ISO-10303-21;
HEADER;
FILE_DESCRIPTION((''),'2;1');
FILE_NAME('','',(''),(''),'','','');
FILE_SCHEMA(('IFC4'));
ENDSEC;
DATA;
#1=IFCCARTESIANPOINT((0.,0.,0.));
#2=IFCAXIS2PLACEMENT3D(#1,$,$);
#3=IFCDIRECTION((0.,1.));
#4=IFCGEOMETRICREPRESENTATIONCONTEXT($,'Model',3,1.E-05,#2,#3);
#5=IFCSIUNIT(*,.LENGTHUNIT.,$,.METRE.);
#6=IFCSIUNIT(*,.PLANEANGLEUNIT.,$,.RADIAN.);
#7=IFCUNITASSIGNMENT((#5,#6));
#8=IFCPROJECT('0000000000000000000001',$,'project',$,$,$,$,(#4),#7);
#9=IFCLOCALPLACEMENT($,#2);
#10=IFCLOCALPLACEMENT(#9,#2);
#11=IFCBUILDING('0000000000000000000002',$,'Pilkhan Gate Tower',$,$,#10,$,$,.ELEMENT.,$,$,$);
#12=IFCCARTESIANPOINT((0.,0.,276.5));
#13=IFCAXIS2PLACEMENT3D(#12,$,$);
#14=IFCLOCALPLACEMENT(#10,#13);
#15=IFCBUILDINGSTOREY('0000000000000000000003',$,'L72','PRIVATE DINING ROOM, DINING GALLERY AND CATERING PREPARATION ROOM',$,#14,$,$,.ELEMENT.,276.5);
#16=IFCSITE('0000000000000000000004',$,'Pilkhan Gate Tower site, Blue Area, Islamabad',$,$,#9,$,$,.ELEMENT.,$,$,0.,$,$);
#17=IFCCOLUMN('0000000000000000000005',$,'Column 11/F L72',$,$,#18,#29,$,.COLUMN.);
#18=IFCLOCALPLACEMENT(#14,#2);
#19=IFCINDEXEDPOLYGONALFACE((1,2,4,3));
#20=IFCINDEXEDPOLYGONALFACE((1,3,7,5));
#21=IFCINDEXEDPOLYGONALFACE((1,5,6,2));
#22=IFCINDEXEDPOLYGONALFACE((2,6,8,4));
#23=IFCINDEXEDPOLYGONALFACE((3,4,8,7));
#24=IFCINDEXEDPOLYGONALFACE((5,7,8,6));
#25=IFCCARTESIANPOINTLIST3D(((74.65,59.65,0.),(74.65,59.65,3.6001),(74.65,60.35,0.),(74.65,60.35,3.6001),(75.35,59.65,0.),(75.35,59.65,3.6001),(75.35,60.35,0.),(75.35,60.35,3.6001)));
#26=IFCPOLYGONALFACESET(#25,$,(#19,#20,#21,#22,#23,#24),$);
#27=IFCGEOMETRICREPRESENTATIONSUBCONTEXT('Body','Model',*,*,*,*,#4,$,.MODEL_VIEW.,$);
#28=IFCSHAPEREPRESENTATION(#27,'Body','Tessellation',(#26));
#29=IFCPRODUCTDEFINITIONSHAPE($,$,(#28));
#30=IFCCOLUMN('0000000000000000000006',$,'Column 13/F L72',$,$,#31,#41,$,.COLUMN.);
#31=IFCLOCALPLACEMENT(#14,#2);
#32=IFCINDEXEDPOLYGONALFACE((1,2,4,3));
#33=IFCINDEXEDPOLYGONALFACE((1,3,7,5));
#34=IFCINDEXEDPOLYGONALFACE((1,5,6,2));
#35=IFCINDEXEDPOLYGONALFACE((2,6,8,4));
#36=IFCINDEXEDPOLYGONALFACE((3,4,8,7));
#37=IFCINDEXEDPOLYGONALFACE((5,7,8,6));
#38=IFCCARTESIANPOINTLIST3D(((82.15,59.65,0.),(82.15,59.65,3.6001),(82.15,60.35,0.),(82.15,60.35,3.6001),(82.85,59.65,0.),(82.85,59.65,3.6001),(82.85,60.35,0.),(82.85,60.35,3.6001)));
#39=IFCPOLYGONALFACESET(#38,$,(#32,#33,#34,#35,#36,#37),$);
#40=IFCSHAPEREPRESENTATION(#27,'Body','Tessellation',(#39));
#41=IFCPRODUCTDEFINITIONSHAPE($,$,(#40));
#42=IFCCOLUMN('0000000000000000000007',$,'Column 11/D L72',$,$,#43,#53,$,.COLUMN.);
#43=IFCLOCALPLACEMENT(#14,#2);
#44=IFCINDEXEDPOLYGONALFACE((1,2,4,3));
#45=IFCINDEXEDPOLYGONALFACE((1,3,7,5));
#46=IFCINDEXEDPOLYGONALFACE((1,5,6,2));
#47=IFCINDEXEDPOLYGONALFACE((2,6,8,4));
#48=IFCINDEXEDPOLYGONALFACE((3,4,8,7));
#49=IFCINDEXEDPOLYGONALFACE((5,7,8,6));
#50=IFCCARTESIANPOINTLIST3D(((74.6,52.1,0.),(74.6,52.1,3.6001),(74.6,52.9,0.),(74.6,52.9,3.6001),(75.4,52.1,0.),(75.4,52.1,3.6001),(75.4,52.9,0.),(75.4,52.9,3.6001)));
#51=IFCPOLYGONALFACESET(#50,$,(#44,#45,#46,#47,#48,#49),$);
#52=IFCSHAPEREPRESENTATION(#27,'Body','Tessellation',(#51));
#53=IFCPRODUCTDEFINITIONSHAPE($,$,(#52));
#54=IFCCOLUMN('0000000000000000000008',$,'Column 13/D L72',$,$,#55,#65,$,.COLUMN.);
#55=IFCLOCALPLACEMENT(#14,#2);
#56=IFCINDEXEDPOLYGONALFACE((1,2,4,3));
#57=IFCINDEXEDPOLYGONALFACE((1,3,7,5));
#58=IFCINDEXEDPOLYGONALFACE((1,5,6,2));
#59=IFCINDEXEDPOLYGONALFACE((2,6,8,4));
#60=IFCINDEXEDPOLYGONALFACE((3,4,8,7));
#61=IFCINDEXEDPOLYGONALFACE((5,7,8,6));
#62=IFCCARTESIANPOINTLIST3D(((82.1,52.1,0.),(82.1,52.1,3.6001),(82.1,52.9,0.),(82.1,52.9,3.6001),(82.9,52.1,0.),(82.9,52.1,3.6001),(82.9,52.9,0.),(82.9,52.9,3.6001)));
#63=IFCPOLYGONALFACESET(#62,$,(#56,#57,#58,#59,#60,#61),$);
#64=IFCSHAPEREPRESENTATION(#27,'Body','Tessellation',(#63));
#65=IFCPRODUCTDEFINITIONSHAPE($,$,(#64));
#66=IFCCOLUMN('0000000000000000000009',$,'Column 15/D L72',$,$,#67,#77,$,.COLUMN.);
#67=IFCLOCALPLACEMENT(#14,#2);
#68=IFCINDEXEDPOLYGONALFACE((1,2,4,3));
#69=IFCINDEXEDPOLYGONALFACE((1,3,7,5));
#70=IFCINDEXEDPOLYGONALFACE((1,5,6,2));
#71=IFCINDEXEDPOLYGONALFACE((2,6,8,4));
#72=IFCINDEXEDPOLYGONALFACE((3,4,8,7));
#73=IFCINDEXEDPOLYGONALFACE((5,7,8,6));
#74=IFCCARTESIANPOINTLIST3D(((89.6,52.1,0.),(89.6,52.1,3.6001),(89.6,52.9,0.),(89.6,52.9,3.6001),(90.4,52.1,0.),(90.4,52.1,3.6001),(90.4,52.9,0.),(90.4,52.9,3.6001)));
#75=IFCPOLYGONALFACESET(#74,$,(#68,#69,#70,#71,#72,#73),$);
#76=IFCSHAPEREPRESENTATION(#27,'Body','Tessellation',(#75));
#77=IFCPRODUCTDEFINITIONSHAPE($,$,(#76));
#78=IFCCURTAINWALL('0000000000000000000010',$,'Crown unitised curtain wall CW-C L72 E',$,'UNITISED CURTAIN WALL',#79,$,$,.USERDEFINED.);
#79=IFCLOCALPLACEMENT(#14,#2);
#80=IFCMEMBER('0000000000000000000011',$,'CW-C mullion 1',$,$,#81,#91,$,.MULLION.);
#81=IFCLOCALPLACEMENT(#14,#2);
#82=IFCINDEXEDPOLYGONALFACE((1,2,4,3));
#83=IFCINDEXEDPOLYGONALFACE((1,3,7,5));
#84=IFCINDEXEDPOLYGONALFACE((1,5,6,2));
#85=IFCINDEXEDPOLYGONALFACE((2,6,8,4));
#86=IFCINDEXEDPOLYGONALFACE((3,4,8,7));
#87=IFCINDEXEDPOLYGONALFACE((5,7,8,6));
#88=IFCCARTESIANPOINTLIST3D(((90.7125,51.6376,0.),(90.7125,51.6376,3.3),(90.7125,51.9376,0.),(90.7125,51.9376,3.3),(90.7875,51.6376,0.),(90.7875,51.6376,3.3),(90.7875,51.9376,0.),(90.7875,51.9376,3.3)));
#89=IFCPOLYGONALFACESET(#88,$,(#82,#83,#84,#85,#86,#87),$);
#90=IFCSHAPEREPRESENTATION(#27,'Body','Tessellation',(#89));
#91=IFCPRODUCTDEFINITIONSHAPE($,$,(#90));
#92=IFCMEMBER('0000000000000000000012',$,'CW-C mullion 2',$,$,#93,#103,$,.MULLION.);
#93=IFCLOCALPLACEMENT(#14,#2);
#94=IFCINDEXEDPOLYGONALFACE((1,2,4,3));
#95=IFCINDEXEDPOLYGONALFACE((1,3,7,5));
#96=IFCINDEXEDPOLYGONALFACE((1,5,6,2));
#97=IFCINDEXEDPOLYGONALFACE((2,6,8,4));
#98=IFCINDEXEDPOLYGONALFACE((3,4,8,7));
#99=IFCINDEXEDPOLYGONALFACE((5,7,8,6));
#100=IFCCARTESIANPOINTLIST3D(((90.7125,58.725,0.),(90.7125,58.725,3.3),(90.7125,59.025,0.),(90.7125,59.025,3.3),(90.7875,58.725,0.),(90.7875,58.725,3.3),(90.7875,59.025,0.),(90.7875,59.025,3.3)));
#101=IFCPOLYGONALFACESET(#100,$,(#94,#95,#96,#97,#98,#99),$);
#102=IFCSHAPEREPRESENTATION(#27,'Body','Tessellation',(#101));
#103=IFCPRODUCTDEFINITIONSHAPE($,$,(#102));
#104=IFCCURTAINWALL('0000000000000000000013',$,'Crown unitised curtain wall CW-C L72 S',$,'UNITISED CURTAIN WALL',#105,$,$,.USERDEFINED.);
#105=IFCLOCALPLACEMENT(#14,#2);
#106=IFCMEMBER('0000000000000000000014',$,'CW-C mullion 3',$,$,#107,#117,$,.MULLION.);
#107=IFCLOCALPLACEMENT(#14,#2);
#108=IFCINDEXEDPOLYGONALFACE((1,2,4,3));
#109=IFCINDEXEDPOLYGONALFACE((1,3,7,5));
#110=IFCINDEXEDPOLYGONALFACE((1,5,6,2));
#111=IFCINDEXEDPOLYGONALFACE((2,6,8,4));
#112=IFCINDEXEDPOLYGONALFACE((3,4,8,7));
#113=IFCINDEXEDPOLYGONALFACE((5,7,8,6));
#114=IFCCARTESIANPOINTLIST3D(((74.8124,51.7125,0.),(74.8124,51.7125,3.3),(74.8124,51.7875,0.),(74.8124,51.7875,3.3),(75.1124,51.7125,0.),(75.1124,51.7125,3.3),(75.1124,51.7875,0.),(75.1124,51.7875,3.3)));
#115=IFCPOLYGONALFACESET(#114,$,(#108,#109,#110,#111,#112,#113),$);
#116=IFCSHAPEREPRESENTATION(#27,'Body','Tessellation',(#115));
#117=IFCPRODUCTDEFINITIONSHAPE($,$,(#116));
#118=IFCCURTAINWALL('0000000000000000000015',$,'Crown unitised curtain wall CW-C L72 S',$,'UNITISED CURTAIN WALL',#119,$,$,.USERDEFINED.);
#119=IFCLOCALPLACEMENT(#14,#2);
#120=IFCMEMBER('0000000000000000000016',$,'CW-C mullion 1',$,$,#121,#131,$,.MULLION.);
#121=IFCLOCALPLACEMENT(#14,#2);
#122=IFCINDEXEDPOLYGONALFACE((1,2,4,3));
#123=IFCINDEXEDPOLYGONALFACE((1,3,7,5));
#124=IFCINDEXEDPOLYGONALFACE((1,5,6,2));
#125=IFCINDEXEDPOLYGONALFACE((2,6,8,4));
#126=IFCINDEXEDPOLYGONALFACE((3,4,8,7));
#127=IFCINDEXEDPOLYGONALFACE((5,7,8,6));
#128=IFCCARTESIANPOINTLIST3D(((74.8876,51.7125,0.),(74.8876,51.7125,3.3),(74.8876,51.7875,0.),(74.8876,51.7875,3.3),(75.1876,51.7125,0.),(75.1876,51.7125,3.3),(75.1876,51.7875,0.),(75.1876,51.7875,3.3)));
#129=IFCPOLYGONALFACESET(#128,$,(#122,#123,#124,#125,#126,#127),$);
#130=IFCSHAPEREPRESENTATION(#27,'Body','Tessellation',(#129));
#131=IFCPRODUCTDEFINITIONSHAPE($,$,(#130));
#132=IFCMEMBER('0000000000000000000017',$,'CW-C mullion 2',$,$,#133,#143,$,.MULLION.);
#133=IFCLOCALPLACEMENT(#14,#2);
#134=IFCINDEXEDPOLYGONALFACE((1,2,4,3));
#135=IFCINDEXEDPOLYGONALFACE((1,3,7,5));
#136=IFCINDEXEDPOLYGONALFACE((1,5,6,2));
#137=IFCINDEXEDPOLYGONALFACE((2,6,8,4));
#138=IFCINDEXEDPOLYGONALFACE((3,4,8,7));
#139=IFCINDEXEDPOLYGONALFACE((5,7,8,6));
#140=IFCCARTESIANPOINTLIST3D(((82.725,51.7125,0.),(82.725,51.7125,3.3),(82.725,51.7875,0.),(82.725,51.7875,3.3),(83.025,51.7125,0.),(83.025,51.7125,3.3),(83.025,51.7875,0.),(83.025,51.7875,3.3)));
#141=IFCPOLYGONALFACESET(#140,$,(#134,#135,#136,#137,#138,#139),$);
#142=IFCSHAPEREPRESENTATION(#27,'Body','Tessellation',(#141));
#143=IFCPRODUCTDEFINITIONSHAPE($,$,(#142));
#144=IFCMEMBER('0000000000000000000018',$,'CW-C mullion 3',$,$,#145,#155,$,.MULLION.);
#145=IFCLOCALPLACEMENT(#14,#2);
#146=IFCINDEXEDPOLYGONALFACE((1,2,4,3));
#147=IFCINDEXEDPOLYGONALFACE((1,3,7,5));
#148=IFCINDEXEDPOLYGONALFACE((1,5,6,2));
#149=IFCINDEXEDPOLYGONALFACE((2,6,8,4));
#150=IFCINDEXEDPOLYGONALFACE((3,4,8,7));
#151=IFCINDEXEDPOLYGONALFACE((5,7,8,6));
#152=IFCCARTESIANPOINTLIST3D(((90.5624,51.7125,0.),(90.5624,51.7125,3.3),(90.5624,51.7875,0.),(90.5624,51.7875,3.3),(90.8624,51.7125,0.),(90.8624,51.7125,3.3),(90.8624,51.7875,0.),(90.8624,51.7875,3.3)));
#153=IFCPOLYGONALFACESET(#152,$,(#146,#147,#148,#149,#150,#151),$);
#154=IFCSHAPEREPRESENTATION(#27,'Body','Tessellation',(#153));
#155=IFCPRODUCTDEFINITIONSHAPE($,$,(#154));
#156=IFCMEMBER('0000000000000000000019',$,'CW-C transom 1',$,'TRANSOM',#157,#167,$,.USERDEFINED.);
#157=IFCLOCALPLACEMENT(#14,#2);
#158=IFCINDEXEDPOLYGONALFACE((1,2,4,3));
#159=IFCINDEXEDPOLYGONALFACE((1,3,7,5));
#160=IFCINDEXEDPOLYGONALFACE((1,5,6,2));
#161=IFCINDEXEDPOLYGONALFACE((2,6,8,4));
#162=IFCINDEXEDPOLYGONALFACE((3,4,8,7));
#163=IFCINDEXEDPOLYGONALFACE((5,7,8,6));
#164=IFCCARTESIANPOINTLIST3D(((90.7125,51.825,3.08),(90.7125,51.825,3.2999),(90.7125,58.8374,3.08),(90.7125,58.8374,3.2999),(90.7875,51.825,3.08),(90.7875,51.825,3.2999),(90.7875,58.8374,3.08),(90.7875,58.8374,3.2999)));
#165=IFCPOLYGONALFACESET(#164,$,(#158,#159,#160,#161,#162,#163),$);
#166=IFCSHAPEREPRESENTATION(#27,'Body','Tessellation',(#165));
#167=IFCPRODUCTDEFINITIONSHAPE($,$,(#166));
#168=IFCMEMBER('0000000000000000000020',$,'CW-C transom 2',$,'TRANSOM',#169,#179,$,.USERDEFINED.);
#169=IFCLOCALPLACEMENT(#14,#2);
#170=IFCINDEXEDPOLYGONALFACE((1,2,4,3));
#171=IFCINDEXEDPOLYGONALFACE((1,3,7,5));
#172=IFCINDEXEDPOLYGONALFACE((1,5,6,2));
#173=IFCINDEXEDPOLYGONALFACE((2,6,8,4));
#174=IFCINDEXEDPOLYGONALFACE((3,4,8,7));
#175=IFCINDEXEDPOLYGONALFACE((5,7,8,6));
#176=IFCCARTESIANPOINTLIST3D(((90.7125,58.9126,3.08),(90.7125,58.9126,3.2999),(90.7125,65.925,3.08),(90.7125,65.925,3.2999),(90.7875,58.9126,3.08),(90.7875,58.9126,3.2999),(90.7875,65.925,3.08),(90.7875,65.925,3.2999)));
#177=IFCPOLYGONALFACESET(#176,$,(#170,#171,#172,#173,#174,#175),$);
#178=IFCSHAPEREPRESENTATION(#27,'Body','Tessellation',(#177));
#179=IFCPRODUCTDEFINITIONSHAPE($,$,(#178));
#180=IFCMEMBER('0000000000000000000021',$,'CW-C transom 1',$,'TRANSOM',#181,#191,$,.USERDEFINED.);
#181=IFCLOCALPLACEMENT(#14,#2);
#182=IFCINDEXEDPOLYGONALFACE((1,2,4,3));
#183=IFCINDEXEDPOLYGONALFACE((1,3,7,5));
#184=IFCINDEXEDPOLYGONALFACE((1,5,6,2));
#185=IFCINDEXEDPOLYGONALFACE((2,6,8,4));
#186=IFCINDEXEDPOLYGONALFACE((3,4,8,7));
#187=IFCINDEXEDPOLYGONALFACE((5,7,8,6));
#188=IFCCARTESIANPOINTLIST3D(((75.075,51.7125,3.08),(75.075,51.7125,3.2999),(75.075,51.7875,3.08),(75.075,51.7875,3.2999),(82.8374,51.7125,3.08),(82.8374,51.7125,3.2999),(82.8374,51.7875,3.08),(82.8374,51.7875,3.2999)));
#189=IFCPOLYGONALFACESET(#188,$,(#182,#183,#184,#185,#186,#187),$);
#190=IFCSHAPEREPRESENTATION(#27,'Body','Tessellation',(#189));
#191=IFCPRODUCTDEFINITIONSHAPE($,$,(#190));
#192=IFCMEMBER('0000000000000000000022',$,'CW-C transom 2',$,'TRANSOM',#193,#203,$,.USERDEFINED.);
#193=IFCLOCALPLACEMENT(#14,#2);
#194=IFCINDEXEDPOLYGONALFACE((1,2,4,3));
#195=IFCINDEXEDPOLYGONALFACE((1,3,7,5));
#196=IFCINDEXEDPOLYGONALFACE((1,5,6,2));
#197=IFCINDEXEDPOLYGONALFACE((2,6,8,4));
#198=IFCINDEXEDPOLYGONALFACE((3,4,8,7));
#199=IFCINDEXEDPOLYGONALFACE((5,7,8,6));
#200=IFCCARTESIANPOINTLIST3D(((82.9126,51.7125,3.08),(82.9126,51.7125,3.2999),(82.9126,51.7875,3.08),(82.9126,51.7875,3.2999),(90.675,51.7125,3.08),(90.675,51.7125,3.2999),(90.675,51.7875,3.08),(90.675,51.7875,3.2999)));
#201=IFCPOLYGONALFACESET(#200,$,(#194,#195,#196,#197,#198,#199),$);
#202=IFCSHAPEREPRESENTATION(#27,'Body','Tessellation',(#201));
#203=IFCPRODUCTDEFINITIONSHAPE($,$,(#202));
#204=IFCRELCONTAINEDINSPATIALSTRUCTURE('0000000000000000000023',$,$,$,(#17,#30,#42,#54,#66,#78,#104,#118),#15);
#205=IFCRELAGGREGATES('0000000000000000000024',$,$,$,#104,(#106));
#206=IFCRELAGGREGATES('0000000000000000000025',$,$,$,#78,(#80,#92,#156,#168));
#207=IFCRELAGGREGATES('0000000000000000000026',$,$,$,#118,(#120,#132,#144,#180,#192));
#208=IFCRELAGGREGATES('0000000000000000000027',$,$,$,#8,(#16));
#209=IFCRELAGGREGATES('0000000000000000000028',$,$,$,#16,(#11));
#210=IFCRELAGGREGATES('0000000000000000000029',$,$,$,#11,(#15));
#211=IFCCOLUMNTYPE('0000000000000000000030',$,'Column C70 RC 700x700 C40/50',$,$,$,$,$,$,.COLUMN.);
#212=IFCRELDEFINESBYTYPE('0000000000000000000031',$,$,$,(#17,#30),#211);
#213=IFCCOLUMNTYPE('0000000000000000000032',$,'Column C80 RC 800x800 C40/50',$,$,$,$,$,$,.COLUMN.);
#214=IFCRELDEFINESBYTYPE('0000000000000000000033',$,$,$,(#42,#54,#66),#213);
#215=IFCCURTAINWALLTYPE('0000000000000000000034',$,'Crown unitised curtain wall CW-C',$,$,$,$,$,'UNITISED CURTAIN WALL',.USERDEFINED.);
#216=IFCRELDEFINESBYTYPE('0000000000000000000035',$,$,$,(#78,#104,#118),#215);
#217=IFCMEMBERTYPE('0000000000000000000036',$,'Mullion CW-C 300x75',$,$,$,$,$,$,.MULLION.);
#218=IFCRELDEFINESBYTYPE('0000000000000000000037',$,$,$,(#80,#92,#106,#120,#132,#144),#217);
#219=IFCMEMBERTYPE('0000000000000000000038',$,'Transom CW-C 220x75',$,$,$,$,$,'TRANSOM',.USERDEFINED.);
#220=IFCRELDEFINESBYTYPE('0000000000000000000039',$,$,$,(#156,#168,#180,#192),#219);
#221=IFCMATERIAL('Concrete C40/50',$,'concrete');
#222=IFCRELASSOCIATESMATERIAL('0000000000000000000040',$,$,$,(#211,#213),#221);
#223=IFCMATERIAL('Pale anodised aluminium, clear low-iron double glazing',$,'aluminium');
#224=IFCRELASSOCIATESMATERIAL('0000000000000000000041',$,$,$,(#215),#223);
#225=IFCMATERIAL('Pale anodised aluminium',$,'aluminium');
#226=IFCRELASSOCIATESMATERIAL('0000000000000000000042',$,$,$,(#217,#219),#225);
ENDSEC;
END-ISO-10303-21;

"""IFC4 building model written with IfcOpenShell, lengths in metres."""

from ifc_helpers import new_model, si_unit, direction, frame, origin, origin_2d, place, context, subcontext, project, spatial, rectangle, extrude, material, material_profile, profile_set, type_object, element, aggregate, save


model = new_model("IFC4")

# Units and contexts
model_context = context("Model", 3, precision=1e-05, world=origin(), true_north=direction((0.0, 1.0)))
body_context = subcontext(model_context, "Body", "Model", "MODEL_VIEW")
ifc_project = project(units=[si_unit("LENGTHUNIT", "METRE"), si_unit("PLANEANGLEUNIT", "RADIAN")], contexts=[model_context])

# Site, building, storey
site_placement = place(None, origin())
site = spatial("IfcSite", under=ifc_project, at=site_placement, Name="Pilkhan Gate Tower site, Blue Area, Islamabad", CompositionType="ELEMENT", RefElevation=0.0)
building_placement = place(site_placement, origin())
building = spatial("IfcBuilding", under=site, at=building_placement, Name="Pilkhan Gate Tower", CompositionType="ELEMENT")
storey_placement = place(building_placement, frame((0.0, 0.0, 276.5)))
storey = spatial("IfcBuildingStorey", under=building, at=storey_placement, Name="L72", Description="PRIVATE DINING ROOM, DINING GALLERY AND CATERING PREPARATION ROOM", CompositionType="ELEMENT", Elevation=276.5)

# Columns
ifc_material_1 = material(Name="Concrete C40/50", Category="concrete")
ifc_material_profile_1 = material_profile(ifc_material_1, rectangle(XDim=0.7, YDim=0.7, at=origin_2d()), Name="RC 700x700")
ifc_profile_set_1 = profile_set([ifc_material_profile_1], Name="Concrete C40/50")
column_type_1 = type_object("IfcColumnType", Name="Column C70 RC 700x700 C40/50", PredefinedType="COLUMN", material=ifc_profile_set_1)
for number, where, z_axis, x_axis, name in (
    (1, (75.0, 60.0, 0.0), (0.0, 0.0, 1.0), (1.0, 0.0, 0.0), "Column 11/F L72"),
    (2, (82.5, 60.0, 0.0), (0.0, 0.0, 1.0), (1.0, 0.0, 0.0), "Column 13/F L72"),
):
    element("IfcColumn", number, at=place(storey_placement, frame(where, z_axis=z_axis, x_axis=x_axis)), inside=storey, type_object=column_type_1, Name=name, PredefinedType="COLUMN", context=body_context, shape_type="SweptSolid", body=[
        extrude(rectangle(XDim=0.7, YDim=0.7, at=origin_2d()), origin(), (0.0, 0.0, 1.0), 3.6001),
    ])
ifc_material_profile_2 = material_profile(ifc_material_1, rectangle(XDim=0.8, YDim=0.8, at=origin_2d()), Name="RC 800x800")
ifc_profile_set_2 = profile_set([ifc_material_profile_2], Name="Concrete C40/50")
column_type_2 = type_object("IfcColumnType", Name="Column C80 RC 800x800 C40/50", PredefinedType="COLUMN", material=ifc_profile_set_2)
for number, where, z_axis, x_axis, name in (
    (3, (75.0, 52.5, 0.0), (0.0, 0.0, 1.0), (1.0, 0.0, 0.0), "Column 11/D L72"),
    (4, (82.5, 52.5, 0.0), (0.0, 0.0, 1.0), (1.0, 0.0, 0.0), "Column 13/D L72"),
    (5, (90.0, 52.5, 0.0), (0.0, 0.0, 1.0), (1.0, 0.0, 0.0), "Column 15/D L72"),
):
    element("IfcColumn", number, at=place(storey_placement, frame(where, z_axis=z_axis, x_axis=x_axis)), inside=storey, type_object=column_type_2, Name=name, PredefinedType="COLUMN", context=body_context, shape_type="SweptSolid", body=[
        extrude(rectangle(XDim=0.8, YDim=0.8, at=origin_2d()), origin(), (0.0, 0.0, 1.0), 3.6001),
    ])

# Curtain wall, members
ifc_material_2 = material(Name="Pale anodised aluminium, clear low-iron double glazing", Category="aluminium")
curtain_wall_type = type_object("IfcCurtainWallType", Name="Crown unitised curtain wall CW-C", ElementType="UNITISED CURTAIN WALL", PredefinedType="USERDEFINED", material=ifc_material_2)
curtain_wall_1_placement = place(storey_placement, origin())
curtain_wall_1 = element("IfcCurtainWall", 6, at=curtain_wall_1_placement, inside=storey, type_object=curtain_wall_type, Name="Crown unitised curtain wall CW-C L72 E", ObjectType="UNITISED CURTAIN WALL", PredefinedType="USERDEFINED")
ifc_material_3 = material(Name="Pale anodised aluminium", Category="aluminium")
ifc_material_profile_3 = material_profile(ifc_material_3, rectangle(XDim=0.075, YDim=0.3, at=origin_2d()), Name="Mullion 300x75")
ifc_profile_set_3 = profile_set([ifc_material_profile_3], Name="Pale anodised aluminium")
member_type_1 = type_object("IfcMemberType", Name="Mullion CW-C 300x75", PredefinedType="MULLION", material=ifc_profile_set_3)
member_1_placement = place(storey_placement, frame((90.75, 51.7876, 0.0), z_axis=(0.0, 0.0, 1.0), x_axis=(-1.0, 0.0, 0.0)))
member_1 = element("IfcMember", 7, at=member_1_placement, type_object=member_type_1, Name="CW-C mullion 1", PredefinedType="MULLION", context=body_context, shape_type="SweptSolid", body=[
    extrude(rectangle(XDim=0.075, YDim=0.3, at=origin_2d()), origin(), (0.0, 0.0, 1.0), 3.3),
])
member_2_placement = place(storey_placement, frame((90.75, 58.875, 0.0), z_axis=(0.0, 0.0, 1.0), x_axis=(-1.0, 0.0, 0.0)))
member_2 = element("IfcMember", 8, at=member_2_placement, type_object=member_type_1, Name="CW-C mullion 2", PredefinedType="MULLION", context=body_context, shape_type="SweptSolid", body=[
    extrude(rectangle(XDim=0.075, YDim=0.3, at=origin_2d()), origin(), (0.0, 0.0, 1.0), 3.3),
])

# Curtain wall, member
curtain_wall_2_placement = place(storey_placement, origin())
curtain_wall_2 = element("IfcCurtainWall", 9, at=curtain_wall_2_placement, inside=storey, type_object=curtain_wall_type, Name="Crown unitised curtain wall CW-C L72 S", ObjectType="UNITISED CURTAIN WALL", PredefinedType="USERDEFINED")
member_3_placement = place(storey_placement, frame((74.9624, 51.75, 0.0), z_axis=(0.0, 0.0, 1.0), x_axis=(0.0, 1.0, 0.0)))
member_3 = element("IfcMember", 10, at=member_3_placement, type_object=member_type_1, Name="CW-C mullion 3", PredefinedType="MULLION", context=body_context, shape_type="SweptSolid", body=[
    extrude(rectangle(XDim=0.075, YDim=0.3, at=origin_2d()), origin(), (0.0, 0.0, 1.0), 3.3),
])
aggregate(curtain_wall_2, [member_3])

# Curtain wall, members
curtain_wall_3_placement = place(storey_placement, origin())
curtain_wall_3 = element("IfcCurtainWall", 11, at=curtain_wall_3_placement, inside=storey, type_object=curtain_wall_type, Name="Crown unitised curtain wall CW-C L72 S", ObjectType="UNITISED CURTAIN WALL", PredefinedType="USERDEFINED")
member_4_placement = place(storey_placement, frame((75.0376, 51.75, 0.0), z_axis=(0.0, 0.0, 1.0), x_axis=(0.0, 1.0, 0.0)))
member_4 = element("IfcMember", 12, at=member_4_placement, type_object=member_type_1, Name="CW-C mullion 1", PredefinedType="MULLION", context=body_context, shape_type="SweptSolid", body=[
    extrude(rectangle(XDim=0.075, YDim=0.3, at=origin_2d()), origin(), (0.0, 0.0, 1.0), 3.3),
])
member_5_placement = place(storey_placement, frame((82.875, 51.75, 0.0), z_axis=(0.0, 0.0, 1.0), x_axis=(0.0, 1.0, 0.0)))
member_5 = element("IfcMember", 13, at=member_5_placement, type_object=member_type_1, Name="CW-C mullion 2", PredefinedType="MULLION", context=body_context, shape_type="SweptSolid", body=[
    extrude(rectangle(XDim=0.075, YDim=0.3, at=origin_2d()), origin(), (0.0, 0.0, 1.0), 3.3),
])
member_6_placement = place(storey_placement, frame((90.7124, 51.75, 0.0), z_axis=(0.0, 0.0, 1.0), x_axis=(0.0, 1.0, 0.0)))
member_6 = element("IfcMember", 14, at=member_6_placement, type_object=member_type_1, Name="CW-C mullion 3", PredefinedType="MULLION", context=body_context, shape_type="SweptSolid", body=[
    extrude(rectangle(XDim=0.075, YDim=0.3, at=origin_2d()), origin(), (0.0, 0.0, 1.0), 3.3),
])

# Members
ifc_material_profile_4 = material_profile(ifc_material_3, rectangle(XDim=0.075, YDim=0.22, at=origin_2d()), Name="Transom 220x75")
ifc_profile_set_4 = profile_set([ifc_material_profile_4], Name="Pale anodised aluminium")
member_type_2 = type_object("IfcMemberType", Name="Transom CW-C 220x75", ElementType="TRANSOM", PredefinedType="USERDEFINED", material=ifc_profile_set_4)
member_7_placement = place(storey_placement, frame((90.75, 51.825, 3.1899), z_axis=(0.0, 1.0, 0.0), x_axis=(-1.0, 0.0, 0.0)))
member_7 = element("IfcMember", 15, at=member_7_placement, type_object=member_type_2, Name="CW-C transom 1", ObjectType="TRANSOM", PredefinedType="USERDEFINED", context=body_context, shape_type="SweptSolid", body=[
    extrude(rectangle(XDim=0.075, YDim=0.22, at=origin_2d()), origin(), (0.0, 0.0, 1.0), 7.0125),
])
member_8_placement = place(storey_placement, frame((90.75, 58.9126, 3.1899), z_axis=(0.0, 1.0, 0.0), x_axis=(-1.0, 0.0, 0.0)))
member_8 = element("IfcMember", 16, at=member_8_placement, type_object=member_type_2, Name="CW-C transom 2", ObjectType="TRANSOM", PredefinedType="USERDEFINED", context=body_context, shape_type="SweptSolid", body=[
    extrude(rectangle(XDim=0.075, YDim=0.22, at=origin_2d()), origin(), (0.0, 0.0, 1.0), 7.0125),
])
member_9_placement = place(storey_placement, frame((75.075, 51.75, 3.1899), z_axis=(1.0, 0.0, 0.0), x_axis=(0.0, 1.0, 0.0)))
member_9 = element("IfcMember", 17, at=member_9_placement, type_object=member_type_2, Name="CW-C transom 1", ObjectType="TRANSOM", PredefinedType="USERDEFINED", context=body_context, shape_type="SweptSolid", body=[
    extrude(rectangle(XDim=0.075, YDim=0.22, at=origin_2d()), origin(), (0.0, 0.0, 1.0), 7.7625),
])
member_10_placement = place(storey_placement, frame((82.9126, 51.75, 3.1899), z_axis=(1.0, 0.0, 0.0), x_axis=(0.0, 1.0, 0.0)))
member_10 = element("IfcMember", 18, at=member_10_placement, type_object=member_type_2, Name="CW-C transom 2", ObjectType="TRANSOM", PredefinedType="USERDEFINED", context=body_context, shape_type="SweptSolid", body=[
    extrude(rectangle(XDim=0.075, YDim=0.22, at=origin_2d()), origin(), (0.0, 0.0, 1.0), 7.7625),
])

aggregate(curtain_wall_1, [member_1, member_2, member_7, member_8])
aggregate(curtain_wall_3, [member_4, member_5, member_6, member_9, member_10])

save(model, "model.ifc")
